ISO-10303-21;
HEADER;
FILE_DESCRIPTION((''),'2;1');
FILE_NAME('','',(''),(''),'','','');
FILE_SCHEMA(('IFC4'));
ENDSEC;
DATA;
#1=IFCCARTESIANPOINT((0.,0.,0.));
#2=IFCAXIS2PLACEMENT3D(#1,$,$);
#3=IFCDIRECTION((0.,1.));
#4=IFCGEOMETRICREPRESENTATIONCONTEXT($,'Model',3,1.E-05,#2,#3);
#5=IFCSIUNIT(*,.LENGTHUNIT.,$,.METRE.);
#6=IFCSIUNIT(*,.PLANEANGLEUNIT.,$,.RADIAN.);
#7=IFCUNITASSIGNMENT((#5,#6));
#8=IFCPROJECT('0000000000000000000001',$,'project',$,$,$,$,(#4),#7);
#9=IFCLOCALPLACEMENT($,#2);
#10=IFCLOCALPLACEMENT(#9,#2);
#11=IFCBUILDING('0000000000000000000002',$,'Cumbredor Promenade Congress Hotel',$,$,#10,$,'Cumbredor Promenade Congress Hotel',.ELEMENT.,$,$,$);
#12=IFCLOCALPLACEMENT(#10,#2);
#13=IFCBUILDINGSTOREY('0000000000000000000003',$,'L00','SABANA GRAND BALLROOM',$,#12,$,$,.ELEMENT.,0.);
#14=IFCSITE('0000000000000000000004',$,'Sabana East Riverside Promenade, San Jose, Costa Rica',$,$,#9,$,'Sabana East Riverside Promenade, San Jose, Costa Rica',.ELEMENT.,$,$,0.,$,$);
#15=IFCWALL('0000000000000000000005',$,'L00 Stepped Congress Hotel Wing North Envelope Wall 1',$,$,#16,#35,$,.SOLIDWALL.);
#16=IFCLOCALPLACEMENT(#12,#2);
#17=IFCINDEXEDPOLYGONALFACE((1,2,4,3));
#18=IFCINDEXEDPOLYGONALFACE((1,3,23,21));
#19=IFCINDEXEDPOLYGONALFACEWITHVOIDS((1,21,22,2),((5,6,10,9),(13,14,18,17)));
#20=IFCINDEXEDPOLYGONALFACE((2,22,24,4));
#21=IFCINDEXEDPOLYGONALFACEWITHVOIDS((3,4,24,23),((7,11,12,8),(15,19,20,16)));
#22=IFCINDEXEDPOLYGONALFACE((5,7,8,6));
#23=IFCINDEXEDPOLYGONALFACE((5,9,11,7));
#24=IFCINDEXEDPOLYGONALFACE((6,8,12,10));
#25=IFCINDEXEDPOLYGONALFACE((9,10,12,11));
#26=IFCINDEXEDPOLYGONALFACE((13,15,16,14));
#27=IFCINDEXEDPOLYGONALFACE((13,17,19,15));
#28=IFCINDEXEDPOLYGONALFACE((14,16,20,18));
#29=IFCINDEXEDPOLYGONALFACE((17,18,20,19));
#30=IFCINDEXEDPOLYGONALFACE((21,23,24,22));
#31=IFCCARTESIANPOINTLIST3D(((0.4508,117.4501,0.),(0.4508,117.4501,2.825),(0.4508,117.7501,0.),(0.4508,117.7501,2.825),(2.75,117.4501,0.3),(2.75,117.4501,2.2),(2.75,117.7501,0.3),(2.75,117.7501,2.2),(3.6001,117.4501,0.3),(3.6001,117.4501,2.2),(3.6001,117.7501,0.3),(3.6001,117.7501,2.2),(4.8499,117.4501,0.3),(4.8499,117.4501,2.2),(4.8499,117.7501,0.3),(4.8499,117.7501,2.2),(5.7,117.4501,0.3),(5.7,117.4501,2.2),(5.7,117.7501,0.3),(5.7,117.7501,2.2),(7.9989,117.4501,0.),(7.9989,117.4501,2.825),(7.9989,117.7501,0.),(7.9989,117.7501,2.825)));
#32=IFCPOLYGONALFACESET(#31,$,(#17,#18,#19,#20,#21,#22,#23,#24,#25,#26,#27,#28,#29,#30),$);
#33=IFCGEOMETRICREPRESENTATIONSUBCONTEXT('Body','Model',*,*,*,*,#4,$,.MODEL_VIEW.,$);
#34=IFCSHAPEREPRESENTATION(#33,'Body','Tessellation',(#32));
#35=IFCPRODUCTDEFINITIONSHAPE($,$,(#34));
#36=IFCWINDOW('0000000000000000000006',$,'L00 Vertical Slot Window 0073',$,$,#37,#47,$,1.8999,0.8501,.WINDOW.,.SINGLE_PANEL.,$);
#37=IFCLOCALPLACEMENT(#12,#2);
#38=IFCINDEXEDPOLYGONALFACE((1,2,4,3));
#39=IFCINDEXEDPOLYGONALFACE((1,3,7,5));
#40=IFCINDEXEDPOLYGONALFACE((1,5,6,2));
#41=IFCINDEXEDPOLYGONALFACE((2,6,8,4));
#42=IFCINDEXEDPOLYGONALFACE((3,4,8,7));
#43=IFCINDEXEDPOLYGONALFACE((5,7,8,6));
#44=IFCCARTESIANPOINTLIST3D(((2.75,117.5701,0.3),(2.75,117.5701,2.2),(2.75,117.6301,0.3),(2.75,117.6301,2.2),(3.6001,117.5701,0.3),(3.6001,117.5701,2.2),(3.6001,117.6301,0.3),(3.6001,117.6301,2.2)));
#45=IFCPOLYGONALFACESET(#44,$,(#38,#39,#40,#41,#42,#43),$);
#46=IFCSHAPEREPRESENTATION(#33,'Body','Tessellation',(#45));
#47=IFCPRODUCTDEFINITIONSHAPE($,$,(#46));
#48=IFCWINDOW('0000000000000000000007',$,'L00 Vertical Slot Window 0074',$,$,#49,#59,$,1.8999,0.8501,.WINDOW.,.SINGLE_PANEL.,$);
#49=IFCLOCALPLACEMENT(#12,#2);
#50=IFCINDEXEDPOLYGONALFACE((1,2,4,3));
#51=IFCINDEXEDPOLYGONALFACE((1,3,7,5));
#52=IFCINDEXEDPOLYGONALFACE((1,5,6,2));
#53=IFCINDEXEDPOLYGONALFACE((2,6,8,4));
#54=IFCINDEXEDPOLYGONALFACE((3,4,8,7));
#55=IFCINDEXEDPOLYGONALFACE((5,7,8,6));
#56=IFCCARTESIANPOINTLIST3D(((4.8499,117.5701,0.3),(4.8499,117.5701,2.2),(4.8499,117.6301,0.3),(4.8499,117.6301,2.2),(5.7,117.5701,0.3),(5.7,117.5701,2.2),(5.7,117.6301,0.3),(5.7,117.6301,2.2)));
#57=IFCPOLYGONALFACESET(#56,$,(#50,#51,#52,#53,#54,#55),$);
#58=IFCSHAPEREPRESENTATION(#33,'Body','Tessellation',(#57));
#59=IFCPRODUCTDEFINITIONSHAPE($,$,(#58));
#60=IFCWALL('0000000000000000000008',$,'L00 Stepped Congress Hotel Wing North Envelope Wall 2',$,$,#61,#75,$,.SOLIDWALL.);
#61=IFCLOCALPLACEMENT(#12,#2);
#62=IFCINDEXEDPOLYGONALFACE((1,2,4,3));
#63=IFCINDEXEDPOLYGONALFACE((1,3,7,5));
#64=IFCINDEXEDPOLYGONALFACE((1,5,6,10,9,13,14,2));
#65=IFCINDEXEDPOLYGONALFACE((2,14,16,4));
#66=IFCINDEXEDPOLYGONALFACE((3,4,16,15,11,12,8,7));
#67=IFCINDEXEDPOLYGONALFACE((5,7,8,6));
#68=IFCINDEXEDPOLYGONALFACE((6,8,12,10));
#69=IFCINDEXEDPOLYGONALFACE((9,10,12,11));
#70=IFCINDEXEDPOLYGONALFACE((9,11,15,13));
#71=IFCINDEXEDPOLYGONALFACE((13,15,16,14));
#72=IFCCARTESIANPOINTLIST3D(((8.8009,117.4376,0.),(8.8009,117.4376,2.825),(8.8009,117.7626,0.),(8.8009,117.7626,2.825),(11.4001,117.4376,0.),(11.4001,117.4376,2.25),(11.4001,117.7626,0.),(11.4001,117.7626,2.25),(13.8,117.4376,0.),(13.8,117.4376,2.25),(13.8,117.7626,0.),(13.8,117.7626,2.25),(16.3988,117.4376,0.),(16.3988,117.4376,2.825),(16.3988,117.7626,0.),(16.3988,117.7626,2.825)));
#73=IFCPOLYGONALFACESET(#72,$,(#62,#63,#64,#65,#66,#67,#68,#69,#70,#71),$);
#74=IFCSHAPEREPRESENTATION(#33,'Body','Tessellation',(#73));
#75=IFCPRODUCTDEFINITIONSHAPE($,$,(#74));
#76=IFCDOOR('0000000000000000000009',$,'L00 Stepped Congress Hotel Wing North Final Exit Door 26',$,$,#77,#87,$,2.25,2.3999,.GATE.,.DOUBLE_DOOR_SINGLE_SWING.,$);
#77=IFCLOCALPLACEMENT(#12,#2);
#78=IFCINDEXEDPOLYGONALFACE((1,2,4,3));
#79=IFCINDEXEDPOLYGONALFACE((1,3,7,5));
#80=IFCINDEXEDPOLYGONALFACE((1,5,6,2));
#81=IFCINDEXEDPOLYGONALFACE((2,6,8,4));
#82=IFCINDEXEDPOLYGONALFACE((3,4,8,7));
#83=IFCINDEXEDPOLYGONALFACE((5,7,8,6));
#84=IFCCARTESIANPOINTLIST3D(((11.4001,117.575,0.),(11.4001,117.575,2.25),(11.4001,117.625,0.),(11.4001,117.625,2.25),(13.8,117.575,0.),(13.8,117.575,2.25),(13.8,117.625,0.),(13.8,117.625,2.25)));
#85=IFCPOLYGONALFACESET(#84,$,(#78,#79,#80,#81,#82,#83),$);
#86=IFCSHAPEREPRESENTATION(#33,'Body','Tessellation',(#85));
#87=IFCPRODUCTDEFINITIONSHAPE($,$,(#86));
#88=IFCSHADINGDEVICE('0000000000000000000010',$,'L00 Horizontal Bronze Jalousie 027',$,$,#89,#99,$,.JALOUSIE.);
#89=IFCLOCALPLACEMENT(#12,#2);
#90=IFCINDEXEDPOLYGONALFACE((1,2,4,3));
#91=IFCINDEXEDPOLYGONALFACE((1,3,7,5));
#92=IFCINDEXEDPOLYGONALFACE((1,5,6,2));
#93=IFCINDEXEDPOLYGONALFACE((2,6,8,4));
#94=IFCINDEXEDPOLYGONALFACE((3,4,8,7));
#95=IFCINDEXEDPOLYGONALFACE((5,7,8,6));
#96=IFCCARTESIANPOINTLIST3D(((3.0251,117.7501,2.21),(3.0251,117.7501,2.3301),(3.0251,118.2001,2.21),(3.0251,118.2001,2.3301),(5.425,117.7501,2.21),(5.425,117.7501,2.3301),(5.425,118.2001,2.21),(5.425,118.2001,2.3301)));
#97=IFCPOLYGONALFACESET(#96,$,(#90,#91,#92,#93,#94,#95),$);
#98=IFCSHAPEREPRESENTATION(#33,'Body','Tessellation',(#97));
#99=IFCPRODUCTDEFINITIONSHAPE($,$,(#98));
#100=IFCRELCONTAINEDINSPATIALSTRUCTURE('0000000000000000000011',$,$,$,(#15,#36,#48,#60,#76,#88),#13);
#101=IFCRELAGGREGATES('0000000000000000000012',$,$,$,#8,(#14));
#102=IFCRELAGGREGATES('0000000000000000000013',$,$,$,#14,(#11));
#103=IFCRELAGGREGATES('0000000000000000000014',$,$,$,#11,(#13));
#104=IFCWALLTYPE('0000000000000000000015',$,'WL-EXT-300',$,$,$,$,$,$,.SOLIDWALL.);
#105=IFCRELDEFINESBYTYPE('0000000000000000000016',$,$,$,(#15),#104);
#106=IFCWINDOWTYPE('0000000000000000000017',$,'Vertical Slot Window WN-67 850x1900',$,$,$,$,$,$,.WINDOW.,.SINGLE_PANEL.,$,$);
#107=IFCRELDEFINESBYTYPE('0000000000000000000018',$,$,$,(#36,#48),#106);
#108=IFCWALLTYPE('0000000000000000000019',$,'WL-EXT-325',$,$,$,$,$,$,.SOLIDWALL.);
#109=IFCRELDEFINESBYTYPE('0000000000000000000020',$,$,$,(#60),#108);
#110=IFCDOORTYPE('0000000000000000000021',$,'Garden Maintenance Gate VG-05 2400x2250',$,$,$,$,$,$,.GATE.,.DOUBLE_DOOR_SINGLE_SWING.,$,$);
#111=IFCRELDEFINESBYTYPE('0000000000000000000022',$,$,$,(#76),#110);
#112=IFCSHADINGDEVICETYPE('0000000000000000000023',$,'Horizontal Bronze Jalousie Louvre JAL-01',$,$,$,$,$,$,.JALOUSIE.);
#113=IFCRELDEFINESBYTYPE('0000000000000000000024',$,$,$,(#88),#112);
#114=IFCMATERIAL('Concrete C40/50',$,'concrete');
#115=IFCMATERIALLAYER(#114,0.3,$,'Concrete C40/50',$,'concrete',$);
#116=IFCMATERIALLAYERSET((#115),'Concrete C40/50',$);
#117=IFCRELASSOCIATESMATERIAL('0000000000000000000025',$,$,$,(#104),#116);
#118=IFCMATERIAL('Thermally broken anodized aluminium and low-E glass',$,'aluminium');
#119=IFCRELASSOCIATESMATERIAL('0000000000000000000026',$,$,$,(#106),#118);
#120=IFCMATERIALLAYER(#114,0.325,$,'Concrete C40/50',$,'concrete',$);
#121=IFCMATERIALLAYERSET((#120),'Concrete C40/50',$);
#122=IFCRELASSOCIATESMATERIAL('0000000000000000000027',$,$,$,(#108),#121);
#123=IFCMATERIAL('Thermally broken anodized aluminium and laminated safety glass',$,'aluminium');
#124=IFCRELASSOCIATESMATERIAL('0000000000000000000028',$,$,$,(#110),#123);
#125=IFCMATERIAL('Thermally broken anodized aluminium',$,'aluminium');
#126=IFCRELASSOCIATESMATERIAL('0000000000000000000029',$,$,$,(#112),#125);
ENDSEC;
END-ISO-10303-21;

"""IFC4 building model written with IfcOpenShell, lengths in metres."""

from ifc_helpers import new_model, si_unit, direction, frame, frame_2d, origin, origin_2d, place, context, subcontext, project, spatial, rectangle, extrude, material, layer, layer_set, type_object, element, fill, save


model = new_model("IFC4")

# Units and contexts
model_context = context("Model", 3, precision=1e-05, world=origin(), true_north=direction((0.0, 1.0)))
body_context = subcontext(model_context, "Body", "Model", "MODEL_VIEW")
ifc_project = project(units=[si_unit("LENGTHUNIT", "METRE"), si_unit("PLANEANGLEUNIT", "RADIAN")], contexts=[model_context])

# Site, building, storey
site_placement = place(None, origin())
site = spatial("IfcSite", under=ifc_project, at=site_placement, Name="Sabana East Riverside Promenade, San Jose, Costa Rica", LongName="Sabana East Riverside Promenade, San Jose, Costa Rica", CompositionType="ELEMENT", RefElevation=0.0)
building_placement = place(site_placement, origin())
building = spatial("IfcBuilding", under=site, at=building_placement, Name="Cumbredor Promenade Congress Hotel", LongName="Cumbredor Promenade Congress Hotel", CompositionType="ELEMENT")
storey_placement = place(building_placement, origin())
storey = spatial("IfcBuildingStorey", under=building, at=storey_placement, Name="L00", Description="SABANA GRAND BALLROOM", CompositionType="ELEMENT", Elevation=0.0)

# Shared definitions
ifc_material_1 = material(Name="Thermally broken anodized aluminium and low-E glass", Category="aluminium")
ifc_material_2 = material(Name="Thermally broken anodized aluminium", Category="aluminium")

# Shared definitions
ifc_material_3 = material(Name="Concrete C40/50", Category="concrete")

# Wall, openings, windows
ifc_layer_1 = layer(ifc_material_3, 0.3, Name="Concrete C40/50", Category="concrete")
ifc_layer_set_1 = layer_set([ifc_layer_1], Name="Concrete C40/50")
wall_type_1 = type_object("IfcWallType", Name="WL-EXT-300", PredefinedType="SOLIDWALL", material=ifc_layer_set_1)
wall_1_placement = place(storey_placement, frame((0.4509, 117.6001, 0.0), z_axis=(0.0, 0.0, 1.0), x_axis=(1.0, 0.0, 0.0)))
wall_1 = element("IfcWall", 1, at=wall_1_placement, inside=storey, type_object=wall_type_1, Name="L00 Stepped Congress Hotel Wing North Envelope Wall 1", PredefinedType="SOLIDWALL", context=body_context, shape_type="SweptSolid", body=[
    extrude(rectangle(XDim=7.5481, YDim=0.3, at=frame_2d((3.7739, 0.0))), origin(), (0.0, 0.0, 1.0), 2.825),
])
opening_1_placement = place(wall_1_placement, frame((2.2991, 0.0, 0.3)))
opening_1 = element("IfcOpeningElement", 2, at=opening_1_placement, cuts=wall_1, PredefinedType="OPENING", context=body_context, shape_type="SweptSolid", body=[
    extrude(rectangle(XDim=0.8501, YDim=1.8999, at=frame_2d((0.425, 0.95))), frame((0.0, 0.1602, 0.0), z_axis=(0.0, -1.0, 0.0), x_axis=(1.0, 0.0, 0.0)), (0.0, 0.0, 1.0), 0.3201),
])
opening_2_placement = place(wall_1_placement, frame((4.3989, 0.0, 0.3)))
opening_2 = element("IfcOpeningElement", 3, at=opening_2_placement, cuts=wall_1, PredefinedType="OPENING", context=body_context, shape_type="SweptSolid", body=[
    extrude(rectangle(XDim=0.8501, YDim=1.8999, at=frame_2d((0.425, 0.95))), frame((0.0, 0.1602, 0.0), z_axis=(0.0, -1.0, 0.0), x_axis=(1.0, 0.0, 0.0)), (0.0, 0.0, 1.0), 0.3201),
])
window_type = type_object("IfcWindowType", Name="Vertical Slot Window WN-67 850x1900", PartitioningType="SINGLE_PANEL", PredefinedType="WINDOW", material=ifc_material_1)
window_1_placement = place(opening_1_placement, origin())
window_1 = element("IfcWindow", 4, at=window_1_placement, inside=storey, type_object=window_type, Name="L00 Vertical Slot Window 0073", OverallHeight=1.8999, OverallWidth=0.8501, PartitioningType="SINGLE_PANEL", PredefinedType="WINDOW", context=body_context, shape_type="SweptSolid", body=[
    extrude(rectangle(XDim=0.8501, YDim=1.8999, at=frame_2d((0.425, 0.95))), frame((0.0, 0.03, 0.0), z_axis=(0.0, -1.0, 0.0), x_axis=(1.0, 0.0, 0.0)), (0.0, 0.0, 1.0), 0.0601),
])
fill(opening_1, window_1)
window_2_placement = place(opening_2_placement, origin())
window_2 = element("IfcWindow", 5, at=window_2_placement, inside=storey, type_object=window_type, Name="L00 Vertical Slot Window 0074", OverallHeight=1.8999, OverallWidth=0.8501, PartitioningType="SINGLE_PANEL", PredefinedType="WINDOW", context=body_context, shape_type="SweptSolid", body=[
    extrude(rectangle(XDim=0.8501, YDim=1.8999, at=frame_2d((0.425, 0.95))), frame((0.0, 0.03, 0.0), z_axis=(0.0, -1.0, 0.0), x_axis=(1.0, 0.0, 0.0)), (0.0, 0.0, 1.0), 0.0601),
])
fill(opening_2, window_2)

# Wall, opening, door
ifc_layer_2 = layer(ifc_material_3, 0.325, Name="Concrete C40/50", Category="concrete")
ifc_layer_set_2 = layer_set([ifc_layer_2], Name="Concrete C40/50")
wall_type_2 = type_object("IfcWallType", Name="WL-EXT-325", PredefinedType="SOLIDWALL", material=ifc_layer_set_2)
wall_2_placement = place(storey_placement, frame((8.801, 117.6001, 0.0), z_axis=(0.0, 0.0, 1.0), x_axis=(1.0, 0.0, 0.0)))
wall_2 = element("IfcWall", 6, at=wall_2_placement, inside=storey, type_object=wall_type_2, Name="L00 Stepped Congress Hotel Wing North Envelope Wall 2", PredefinedType="SOLIDWALL", context=body_context, shape_type="SweptSolid", body=[
    extrude(rectangle(XDim=7.5979, YDim=0.325, at=frame_2d((3.7988, 0.0))), origin(), (0.0, 0.0, 1.0), 2.825),
])
opening_3_placement = place(wall_2_placement, frame((2.5991, 0.0, 0.0)))
opening_3 = element("IfcOpeningElement", 7, at=opening_3_placement, cuts=wall_2, PredefinedType="OPENING", context=body_context, shape_type="SweptSolid", body=[
    extrude(rectangle(XDim=2.3999, YDim=2.25, at=frame_2d((1.2, 1.125))), frame((0.0, 0.1724, 0.0), z_axis=(0.0, -1.0, 0.0), x_axis=(1.0, 0.0, 0.0)), (0.0, 0.0, 1.0), 0.345),
])
ifc_material_4 = material(Name="Thermally broken anodized aluminium and laminated safety glass", Category="aluminium")
door_type = type_object("IfcDoorType", Name="Garden Maintenance Gate VG-05 2400x2250", OperationType="DOUBLE_DOOR_SINGLE_SWING", PredefinedType="GATE", material=ifc_material_4)
door_placement = place(opening_3_placement, origin())
door = element("IfcDoor", 8, at=door_placement, inside=storey, type_object=door_type, Name="L00 Stepped Congress Hotel Wing North Final Exit Door 26", OperationType="DOUBLE_DOOR_SINGLE_SWING", OverallHeight=2.25, OverallWidth=2.3999, PredefinedType="GATE", context=body_context, shape_type="SweptSolid", body=[
    extrude(rectangle(XDim=2.3999, YDim=2.25, at=frame_2d((1.2, 1.125))), frame((0.0, 0.0249, 0.0), z_axis=(0.0, -1.0, 0.0), x_axis=(1.0, 0.0, 0.0)), (0.0, 0.0, 1.0), 0.05),
])
fill(opening_3, door)

# Shading device
shading_device_type = type_object("IfcShadingDeviceType", Name="Horizontal Bronze Jalousie Louvre JAL-01", PredefinedType="JALOUSIE", material=ifc_material_2)
shading_device_placement = place(storey_placement, frame((4.2251, 117.9751, 2.21), z_axis=(0.0, 0.0, 1.0), x_axis=(1.0, 0.0, 0.0)))
element("IfcShadingDevice", 9, at=shading_device_placement, inside=storey, type_object=shading_device_type, Name="L00 Horizontal Bronze Jalousie 027", PredefinedType="JALOUSIE", context=body_context, shape_type="SweptSolid", body=[
    extrude(rectangle(XDim=2.3999, YDim=0.45, at=origin_2d()), origin(), (0.0, 0.0, 1.0), 0.1201),
])

save(model, "model.ifc")
